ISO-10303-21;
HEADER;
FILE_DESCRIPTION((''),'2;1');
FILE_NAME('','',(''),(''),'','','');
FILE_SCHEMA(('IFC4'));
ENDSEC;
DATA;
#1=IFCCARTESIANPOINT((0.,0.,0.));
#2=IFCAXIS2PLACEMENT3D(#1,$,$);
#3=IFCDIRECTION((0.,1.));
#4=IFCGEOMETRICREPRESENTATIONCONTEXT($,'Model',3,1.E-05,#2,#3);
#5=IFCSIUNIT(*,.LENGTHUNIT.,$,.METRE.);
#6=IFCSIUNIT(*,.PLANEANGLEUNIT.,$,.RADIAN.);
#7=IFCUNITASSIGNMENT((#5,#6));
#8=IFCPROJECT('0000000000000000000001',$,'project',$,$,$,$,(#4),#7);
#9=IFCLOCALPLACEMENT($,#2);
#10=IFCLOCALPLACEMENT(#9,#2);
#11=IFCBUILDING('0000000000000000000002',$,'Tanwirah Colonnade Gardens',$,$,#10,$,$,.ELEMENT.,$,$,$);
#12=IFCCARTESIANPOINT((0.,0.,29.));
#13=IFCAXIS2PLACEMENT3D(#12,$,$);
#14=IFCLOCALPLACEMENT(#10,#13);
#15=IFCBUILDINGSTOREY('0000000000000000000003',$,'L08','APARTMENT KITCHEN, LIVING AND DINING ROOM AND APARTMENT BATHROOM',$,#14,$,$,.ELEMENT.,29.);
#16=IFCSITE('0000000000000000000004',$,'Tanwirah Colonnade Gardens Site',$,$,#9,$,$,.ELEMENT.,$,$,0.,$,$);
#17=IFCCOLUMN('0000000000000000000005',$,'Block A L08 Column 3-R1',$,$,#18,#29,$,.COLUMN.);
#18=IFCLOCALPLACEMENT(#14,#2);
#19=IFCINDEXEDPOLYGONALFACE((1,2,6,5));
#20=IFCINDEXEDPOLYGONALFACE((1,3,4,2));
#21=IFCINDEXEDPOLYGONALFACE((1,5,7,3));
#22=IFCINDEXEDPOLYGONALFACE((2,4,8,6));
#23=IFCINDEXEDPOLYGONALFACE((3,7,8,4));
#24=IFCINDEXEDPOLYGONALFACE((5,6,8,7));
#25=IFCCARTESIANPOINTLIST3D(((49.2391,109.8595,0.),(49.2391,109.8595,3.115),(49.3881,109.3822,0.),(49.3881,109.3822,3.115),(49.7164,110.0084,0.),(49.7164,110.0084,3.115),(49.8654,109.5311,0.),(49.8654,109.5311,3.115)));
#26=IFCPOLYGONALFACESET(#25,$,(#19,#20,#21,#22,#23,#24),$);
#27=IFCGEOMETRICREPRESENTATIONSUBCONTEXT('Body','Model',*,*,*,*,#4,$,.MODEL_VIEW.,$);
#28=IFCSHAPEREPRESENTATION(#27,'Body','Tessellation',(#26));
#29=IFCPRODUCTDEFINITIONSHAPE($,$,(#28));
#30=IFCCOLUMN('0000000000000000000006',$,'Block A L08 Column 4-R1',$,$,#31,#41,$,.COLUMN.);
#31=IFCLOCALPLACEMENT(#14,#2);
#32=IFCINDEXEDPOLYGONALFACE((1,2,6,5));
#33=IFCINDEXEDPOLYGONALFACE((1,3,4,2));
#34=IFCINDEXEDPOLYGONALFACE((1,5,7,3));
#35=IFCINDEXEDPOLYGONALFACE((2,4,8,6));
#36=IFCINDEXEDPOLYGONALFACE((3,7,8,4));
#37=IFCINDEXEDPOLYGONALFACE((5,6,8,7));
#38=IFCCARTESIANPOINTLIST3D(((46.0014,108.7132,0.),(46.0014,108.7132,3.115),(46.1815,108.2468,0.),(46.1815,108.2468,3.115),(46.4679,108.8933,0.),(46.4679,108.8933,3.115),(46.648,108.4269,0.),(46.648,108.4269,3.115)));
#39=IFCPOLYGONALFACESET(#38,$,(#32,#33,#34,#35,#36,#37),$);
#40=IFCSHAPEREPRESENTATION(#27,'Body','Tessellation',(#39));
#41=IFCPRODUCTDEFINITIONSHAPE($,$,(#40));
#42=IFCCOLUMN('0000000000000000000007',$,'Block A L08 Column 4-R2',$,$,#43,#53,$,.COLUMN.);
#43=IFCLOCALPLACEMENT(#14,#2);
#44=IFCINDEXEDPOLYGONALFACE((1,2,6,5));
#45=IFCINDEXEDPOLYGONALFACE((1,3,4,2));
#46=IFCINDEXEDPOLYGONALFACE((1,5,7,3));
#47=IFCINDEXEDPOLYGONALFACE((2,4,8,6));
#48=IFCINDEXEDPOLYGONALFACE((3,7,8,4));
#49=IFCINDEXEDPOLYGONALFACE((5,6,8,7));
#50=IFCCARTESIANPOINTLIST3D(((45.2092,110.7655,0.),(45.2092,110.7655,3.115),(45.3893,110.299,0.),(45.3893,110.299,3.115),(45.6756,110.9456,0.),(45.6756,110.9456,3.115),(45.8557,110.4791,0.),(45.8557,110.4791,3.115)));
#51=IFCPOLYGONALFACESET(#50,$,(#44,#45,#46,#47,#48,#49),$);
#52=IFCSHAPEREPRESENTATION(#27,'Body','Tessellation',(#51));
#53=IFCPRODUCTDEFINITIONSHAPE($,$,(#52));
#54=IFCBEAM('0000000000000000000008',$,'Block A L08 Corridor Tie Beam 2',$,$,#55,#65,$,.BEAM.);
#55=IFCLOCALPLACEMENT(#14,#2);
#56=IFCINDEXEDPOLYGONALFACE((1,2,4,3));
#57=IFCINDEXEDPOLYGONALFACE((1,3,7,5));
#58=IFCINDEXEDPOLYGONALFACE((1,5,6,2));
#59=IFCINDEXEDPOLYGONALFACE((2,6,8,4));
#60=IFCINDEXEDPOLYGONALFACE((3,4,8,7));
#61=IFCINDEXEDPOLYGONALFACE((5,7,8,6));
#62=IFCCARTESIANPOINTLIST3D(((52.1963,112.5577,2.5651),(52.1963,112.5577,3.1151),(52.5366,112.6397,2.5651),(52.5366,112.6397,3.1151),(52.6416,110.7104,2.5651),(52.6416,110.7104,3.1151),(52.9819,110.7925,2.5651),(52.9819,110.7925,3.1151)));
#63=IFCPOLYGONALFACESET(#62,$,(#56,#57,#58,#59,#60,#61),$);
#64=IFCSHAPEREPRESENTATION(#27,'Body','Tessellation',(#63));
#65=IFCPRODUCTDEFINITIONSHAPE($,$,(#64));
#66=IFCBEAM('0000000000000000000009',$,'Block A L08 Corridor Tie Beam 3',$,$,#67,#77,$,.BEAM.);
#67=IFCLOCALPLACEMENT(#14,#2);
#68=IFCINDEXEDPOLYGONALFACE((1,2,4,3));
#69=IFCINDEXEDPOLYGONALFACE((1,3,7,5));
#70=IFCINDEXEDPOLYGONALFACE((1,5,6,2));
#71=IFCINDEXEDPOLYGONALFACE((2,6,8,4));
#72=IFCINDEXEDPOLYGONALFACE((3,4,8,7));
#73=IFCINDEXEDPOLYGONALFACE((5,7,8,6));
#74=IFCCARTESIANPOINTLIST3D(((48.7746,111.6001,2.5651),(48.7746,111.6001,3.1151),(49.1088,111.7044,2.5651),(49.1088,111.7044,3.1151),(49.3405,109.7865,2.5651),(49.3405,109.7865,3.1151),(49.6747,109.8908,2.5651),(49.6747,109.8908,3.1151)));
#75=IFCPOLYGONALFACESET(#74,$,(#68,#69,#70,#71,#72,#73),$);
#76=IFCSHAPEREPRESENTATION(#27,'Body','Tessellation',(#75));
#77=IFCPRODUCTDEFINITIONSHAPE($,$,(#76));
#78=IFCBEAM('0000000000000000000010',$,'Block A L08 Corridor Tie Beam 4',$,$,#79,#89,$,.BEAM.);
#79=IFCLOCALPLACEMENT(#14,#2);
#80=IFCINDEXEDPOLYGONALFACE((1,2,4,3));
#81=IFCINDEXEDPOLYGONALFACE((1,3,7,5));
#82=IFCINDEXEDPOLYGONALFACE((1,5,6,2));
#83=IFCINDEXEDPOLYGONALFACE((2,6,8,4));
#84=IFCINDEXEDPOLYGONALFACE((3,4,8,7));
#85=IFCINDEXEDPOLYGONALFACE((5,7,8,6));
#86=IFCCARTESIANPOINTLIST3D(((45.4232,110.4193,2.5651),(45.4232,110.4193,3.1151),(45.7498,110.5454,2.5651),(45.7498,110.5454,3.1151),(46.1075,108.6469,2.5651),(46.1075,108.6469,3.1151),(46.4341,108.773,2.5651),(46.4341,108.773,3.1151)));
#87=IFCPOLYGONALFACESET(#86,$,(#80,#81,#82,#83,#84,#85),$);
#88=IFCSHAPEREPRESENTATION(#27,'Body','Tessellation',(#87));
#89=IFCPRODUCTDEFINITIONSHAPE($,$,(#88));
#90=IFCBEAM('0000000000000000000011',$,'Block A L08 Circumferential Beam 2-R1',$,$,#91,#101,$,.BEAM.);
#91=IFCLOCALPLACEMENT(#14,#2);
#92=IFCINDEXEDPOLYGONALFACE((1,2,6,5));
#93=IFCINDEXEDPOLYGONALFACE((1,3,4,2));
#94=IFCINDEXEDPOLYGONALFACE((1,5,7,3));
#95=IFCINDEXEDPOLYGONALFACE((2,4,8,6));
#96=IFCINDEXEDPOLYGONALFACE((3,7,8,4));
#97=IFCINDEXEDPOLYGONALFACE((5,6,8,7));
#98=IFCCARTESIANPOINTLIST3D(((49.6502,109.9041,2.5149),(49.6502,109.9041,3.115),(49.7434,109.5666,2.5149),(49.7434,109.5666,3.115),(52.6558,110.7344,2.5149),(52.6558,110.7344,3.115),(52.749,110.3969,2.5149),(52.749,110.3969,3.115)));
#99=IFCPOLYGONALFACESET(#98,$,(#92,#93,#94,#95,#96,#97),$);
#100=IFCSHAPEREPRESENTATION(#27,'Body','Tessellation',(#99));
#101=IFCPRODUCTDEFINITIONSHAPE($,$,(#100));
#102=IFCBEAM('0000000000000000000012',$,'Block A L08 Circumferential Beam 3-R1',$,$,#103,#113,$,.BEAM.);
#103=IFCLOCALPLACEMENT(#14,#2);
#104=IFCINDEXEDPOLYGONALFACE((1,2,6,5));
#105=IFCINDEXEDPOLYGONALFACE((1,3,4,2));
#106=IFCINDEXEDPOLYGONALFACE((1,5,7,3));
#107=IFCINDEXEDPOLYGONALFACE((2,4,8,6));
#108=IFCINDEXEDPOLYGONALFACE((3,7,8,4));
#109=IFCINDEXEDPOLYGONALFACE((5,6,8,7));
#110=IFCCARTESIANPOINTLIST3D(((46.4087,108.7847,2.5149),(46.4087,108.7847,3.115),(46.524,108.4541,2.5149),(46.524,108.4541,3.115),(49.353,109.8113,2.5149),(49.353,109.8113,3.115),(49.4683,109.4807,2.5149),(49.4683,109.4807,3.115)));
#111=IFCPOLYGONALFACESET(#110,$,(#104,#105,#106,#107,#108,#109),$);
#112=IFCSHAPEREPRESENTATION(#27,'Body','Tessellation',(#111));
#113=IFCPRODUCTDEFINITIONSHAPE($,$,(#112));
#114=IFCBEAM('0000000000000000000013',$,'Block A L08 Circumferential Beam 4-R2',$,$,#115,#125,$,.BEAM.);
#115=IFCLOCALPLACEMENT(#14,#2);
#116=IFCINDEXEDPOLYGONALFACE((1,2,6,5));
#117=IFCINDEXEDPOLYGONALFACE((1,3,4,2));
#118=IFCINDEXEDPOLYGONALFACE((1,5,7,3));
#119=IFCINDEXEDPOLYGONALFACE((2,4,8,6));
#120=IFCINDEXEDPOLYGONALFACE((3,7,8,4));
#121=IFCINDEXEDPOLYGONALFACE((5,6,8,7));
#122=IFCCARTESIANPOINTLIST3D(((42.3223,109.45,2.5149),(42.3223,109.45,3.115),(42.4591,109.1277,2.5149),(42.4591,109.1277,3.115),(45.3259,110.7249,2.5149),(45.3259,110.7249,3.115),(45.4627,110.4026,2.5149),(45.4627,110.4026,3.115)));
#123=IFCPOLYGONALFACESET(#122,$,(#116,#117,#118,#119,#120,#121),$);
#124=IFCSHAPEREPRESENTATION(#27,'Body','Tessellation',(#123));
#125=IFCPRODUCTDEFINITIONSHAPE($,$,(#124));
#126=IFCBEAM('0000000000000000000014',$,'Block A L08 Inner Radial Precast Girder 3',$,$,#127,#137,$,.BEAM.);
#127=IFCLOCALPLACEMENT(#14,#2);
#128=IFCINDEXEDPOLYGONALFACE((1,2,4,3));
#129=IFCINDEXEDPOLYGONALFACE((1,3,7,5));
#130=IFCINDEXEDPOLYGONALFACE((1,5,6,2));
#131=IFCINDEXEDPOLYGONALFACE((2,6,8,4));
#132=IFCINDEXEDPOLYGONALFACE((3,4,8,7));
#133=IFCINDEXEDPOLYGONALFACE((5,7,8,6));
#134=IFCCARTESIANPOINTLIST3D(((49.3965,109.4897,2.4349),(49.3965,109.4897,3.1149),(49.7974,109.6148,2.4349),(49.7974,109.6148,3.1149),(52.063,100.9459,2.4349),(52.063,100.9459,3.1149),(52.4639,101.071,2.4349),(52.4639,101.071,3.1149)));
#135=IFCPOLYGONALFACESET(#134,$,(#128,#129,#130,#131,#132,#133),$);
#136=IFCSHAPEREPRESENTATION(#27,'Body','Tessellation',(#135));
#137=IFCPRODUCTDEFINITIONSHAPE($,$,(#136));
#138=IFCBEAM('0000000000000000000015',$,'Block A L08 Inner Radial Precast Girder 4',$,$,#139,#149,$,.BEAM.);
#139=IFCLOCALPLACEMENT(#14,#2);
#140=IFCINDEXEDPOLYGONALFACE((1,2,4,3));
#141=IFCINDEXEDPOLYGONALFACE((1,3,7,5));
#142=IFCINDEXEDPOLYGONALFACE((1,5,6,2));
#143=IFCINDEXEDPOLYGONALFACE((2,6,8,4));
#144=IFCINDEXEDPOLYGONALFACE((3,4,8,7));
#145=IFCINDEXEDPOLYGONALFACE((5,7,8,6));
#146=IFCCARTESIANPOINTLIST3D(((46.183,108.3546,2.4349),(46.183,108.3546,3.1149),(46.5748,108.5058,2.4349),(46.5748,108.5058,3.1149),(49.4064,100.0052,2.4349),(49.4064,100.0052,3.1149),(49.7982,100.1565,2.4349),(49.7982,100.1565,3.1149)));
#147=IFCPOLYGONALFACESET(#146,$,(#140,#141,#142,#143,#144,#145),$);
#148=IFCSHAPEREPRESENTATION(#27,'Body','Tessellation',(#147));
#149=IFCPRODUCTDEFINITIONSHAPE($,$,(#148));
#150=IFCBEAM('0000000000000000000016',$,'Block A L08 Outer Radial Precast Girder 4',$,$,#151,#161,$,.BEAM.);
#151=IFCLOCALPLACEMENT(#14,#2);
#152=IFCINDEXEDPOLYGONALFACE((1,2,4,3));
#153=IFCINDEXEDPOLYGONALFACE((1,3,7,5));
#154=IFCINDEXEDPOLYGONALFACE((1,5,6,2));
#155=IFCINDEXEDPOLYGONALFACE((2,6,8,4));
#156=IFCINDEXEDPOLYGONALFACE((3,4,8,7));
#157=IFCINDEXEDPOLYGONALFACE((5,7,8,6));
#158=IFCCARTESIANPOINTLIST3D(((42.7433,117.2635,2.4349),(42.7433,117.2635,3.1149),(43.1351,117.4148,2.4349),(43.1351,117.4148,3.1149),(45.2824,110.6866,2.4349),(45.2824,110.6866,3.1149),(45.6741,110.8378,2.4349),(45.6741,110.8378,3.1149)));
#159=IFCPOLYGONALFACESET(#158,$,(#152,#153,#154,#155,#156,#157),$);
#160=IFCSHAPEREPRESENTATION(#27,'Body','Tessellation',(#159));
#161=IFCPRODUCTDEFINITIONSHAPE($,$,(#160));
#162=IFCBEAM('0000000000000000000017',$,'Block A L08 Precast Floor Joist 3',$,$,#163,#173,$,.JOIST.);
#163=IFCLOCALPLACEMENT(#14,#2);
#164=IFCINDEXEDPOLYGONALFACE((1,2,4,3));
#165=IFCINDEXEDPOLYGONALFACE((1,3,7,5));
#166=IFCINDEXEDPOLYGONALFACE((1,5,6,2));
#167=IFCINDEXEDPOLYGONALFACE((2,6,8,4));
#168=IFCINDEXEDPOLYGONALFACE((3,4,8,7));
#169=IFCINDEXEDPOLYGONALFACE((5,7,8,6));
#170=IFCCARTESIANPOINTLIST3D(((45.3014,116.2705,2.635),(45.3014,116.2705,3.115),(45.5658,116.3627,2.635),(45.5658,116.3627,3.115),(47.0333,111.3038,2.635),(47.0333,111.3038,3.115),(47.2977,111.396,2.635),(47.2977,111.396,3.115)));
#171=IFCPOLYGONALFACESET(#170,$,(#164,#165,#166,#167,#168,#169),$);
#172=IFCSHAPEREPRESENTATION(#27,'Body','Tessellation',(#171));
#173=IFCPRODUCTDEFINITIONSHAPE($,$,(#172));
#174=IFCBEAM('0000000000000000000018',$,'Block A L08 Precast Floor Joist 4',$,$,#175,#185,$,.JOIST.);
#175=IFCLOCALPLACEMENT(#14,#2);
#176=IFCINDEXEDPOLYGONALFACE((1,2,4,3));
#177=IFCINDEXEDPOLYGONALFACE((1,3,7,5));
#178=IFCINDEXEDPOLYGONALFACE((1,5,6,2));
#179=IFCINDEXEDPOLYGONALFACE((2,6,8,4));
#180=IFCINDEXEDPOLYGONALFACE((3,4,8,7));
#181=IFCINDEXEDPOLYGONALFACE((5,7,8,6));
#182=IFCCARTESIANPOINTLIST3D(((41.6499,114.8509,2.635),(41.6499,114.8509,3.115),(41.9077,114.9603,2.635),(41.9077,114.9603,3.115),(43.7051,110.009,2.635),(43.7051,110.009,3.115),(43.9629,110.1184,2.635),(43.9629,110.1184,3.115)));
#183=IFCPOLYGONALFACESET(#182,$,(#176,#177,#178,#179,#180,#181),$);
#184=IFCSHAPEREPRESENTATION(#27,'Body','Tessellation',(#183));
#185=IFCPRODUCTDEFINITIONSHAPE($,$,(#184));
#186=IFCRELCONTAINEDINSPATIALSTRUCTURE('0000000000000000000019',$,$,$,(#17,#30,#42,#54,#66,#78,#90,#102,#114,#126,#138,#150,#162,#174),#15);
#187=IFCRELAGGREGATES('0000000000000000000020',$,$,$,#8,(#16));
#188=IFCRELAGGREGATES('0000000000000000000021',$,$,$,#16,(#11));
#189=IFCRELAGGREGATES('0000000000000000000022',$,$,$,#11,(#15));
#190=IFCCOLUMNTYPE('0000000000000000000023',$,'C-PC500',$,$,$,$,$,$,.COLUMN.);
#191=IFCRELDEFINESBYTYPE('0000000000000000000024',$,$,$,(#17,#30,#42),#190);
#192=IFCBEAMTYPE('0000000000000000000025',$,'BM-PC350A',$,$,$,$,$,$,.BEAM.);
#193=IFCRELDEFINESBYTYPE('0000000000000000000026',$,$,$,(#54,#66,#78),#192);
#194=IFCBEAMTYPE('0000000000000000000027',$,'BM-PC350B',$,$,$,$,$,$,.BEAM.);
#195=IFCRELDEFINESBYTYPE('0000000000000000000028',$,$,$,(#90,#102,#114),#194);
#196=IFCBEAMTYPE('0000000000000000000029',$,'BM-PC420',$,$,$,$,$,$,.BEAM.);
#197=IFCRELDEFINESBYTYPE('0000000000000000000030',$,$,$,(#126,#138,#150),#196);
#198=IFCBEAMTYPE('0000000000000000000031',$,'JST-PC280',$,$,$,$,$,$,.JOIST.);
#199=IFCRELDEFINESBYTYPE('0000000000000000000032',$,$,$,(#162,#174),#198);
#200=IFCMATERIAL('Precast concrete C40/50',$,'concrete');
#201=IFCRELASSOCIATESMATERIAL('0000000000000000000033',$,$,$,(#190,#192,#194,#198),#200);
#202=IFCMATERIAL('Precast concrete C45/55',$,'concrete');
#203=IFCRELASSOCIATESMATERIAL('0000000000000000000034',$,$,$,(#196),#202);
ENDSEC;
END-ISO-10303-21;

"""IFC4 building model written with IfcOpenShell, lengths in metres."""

from ifc_helpers import new_model, si_unit, direction, frame, origin, origin_2d, place, context, subcontext, project, spatial, rectangle, extrude, material, material_profile, profile_set, type_object, element, save


model = new_model("IFC4")

# Units and contexts
model_context = context("Model", 3, precision=1e-05, world=origin(), true_north=direction((0.0, 1.0)))
body_context = subcontext(model_context, "Body", "Model", "MODEL_VIEW")
ifc_project = project(units=[si_unit("LENGTHUNIT", "METRE"), si_unit("PLANEANGLEUNIT", "RADIAN")], contexts=[model_context])

# Site, building, storey
site_placement = place(None, origin())
site = spatial("IfcSite", under=ifc_project, at=site_placement, Name="Tanwirah Colonnade Gardens Site", CompositionType="ELEMENT", RefElevation=0.0)
building_placement = place(site_placement, origin())
building = spatial("IfcBuilding", under=site, at=building_placement, Name="Tanwirah Colonnade Gardens", CompositionType="ELEMENT")
storey_placement = place(building_placement, frame((0.0, 0.0, 29.0)))
storey = spatial("IfcBuildingStorey", under=building, at=storey_placement, Name="L08", Description="APARTMENT KITCHEN, LIVING AND DINING ROOM AND APARTMENT BATHROOM", CompositionType="ELEMENT", Elevation=29.0)

# Columns
ifc_material_1 = material(Name="Precast concrete C40/50", Category="concrete")
ifc_material_profile_1 = material_profile(ifc_material_1, rectangle(XDim=0.5, YDim=0.5, at=origin_2d()), Name="PC-COL 500x500")
ifc_profile_set_1 = profile_set([ifc_material_profile_1], Name="Precast concrete C40/50")
column_type = type_object("IfcColumnType", Name="C-PC500", PredefinedType="COLUMN", material=ifc_profile_set_1)
for number, where, z_axis, x_axis, name in (
    (1, (49.5522, 109.6953, 0.0), (0.0, 0.0, 1.0), (-0.29793, 0.954588, 0.0), "Block A L08 Column 3-R1"),
    (2, (46.3247, 108.5701, 0.0), (0.0, 0.0, 1.0), (-0.360178, 0.932884, 0.0), "Block A L08 Column 4-R1"),
    (3, (45.5325, 110.6223, 0.0), (0.0, 0.0, 1.0), (-0.360178, 0.932884, 0.0), "Block A L08 Column 4-R2"),
):
    element("IfcColumn", number, at=place(storey_placement, frame(where, z_axis=z_axis, x_axis=x_axis)), inside=storey, type_object=column_type, Name=name, PredefinedType="COLUMN", context=body_context, shape_type="SweptSolid", body=[
        extrude(rectangle(XDim=0.5, YDim=0.5, at=origin_2d()), origin(), (0.0, 0.0, 1.0), 3.115),
    ])

# Beams
ifc_material_profile_2 = material_profile(ifc_material_1, rectangle(XDim=0.3501, YDim=0.55, at=origin_2d()), Name="PC-BM 350x550")
ifc_profile_set_2 = profile_set([ifc_material_profile_2], Name="Precast concrete C40/50")
beam_type_1 = type_object("IfcBeamType", Name="BM-PC350A", PredefinedType="BEAM", material=ifc_profile_set_2)
beam_1_placement = place(storey_placement, frame((52.8118, 110.7515, 2.8401), z_axis=(-0.234364, 0.972149, 0.0), x_axis=(-0.972149, -0.234364, 0.0)))
element("IfcBeam", 4, at=beam_1_placement, inside=storey, type_object=beam_type_1, Name="Block A L08 Corridor Tie Beam 2", PredefinedType="BEAM", context=body_context, shape_type="SweptSolid", body=[
    extrude(rectangle(XDim=0.3501, YDim=0.55, at=origin_2d()), origin(), (0.0, 0.0, 1.0), 1.9001),
])
for number, where, z_axis, x_axis, name in (
    (5, (49.5076, 109.8386, 2.8401), (-0.297858, 0.95461, 0.0), (-0.95461, -0.297858, 0.0), "Block A L08 Corridor Tie Beam 3"),
    (6, (46.2708, 108.71, 2.8401), (-0.360176, 0.932885, 0.0), (-0.932885, -0.360176, 0.0), "Block A L08 Corridor Tie Beam 4"),
):
    element("IfcBeam", number, at=place(storey_placement, frame(where, z_axis=z_axis, x_axis=x_axis)), inside=storey, type_object=beam_type_1, Name=name, PredefinedType="BEAM", context=body_context, shape_type="SweptSolid", body=[
        extrude(rectangle(XDim=0.3501, YDim=0.55, at=origin_2d()), origin(), (0.0, 0.0, 1.0), 1.8999),
    ])
ifc_material_profile_3 = material_profile(ifc_material_1, rectangle(XDim=0.3501, YDim=0.6001, at=origin_2d()), Name="PC-BM 350x600")
ifc_profile_set_3 = profile_set([ifc_material_profile_3], Name="Precast concrete C40/50")
beam_type_2 = type_object("IfcBeamType", Name="BM-PC350B", PredefinedType="BEAM", material=ifc_profile_set_3)
for number, where, z_axis, x_axis, name in (
    (7, (52.7024, 110.5657, 2.8149), (-0.963895, -0.266283, 0.0), (0.266283, -0.963895, 0.0), "Block A L08 Circumferential Beam 2-R1"),
    (8, (49.4106, 109.646, 2.8149), (-0.944248, -0.329234, 0.0), (0.329234, -0.944248, 0.0), "Block A L08 Circumferential Beam 3-R1"),
):
    element("IfcBeam", number, at=place(storey_placement, frame(where, z_axis=z_axis, x_axis=x_axis)), inside=storey, type_object=beam_type_2, Name=name, PredefinedType="BEAM", context=body_context, shape_type="SweptSolid", body=[
        extrude(rectangle(XDim=0.3501, YDim=0.6001, at=origin_2d()), origin(), (0.0, 0.0, 1.0), 3.1182),
    ])
beam_2_placement = place(storey_placement, frame((45.3943, 110.5637, 2.8149), z_axis=(-0.920513, -0.390711, 0.0), x_axis=(0.390711, -0.920513, 0.0)))
element("IfcBeam", 9, at=beam_2_placement, inside=storey, type_object=beam_type_2, Name="Block A L08 Circumferential Beam 4-R2", PredefinedType="BEAM", context=body_context, shape_type="SweptSolid", body=[
    extrude(rectangle(XDim=0.3501, YDim=0.6001, at=origin_2d()), origin(), (0.0, 0.0, 1.0), 3.2629),
])
ifc_material_2 = material(Name="Precast concrete C45/55", Category="concrete")
ifc_material_profile_4 = material_profile(ifc_material_2, rectangle(XDim=0.4199, YDim=0.6799, at=origin_2d()), Name="PC-BM 420x680")
ifc_profile_set_4 = profile_set([ifc_material_profile_4], Name="Precast concrete C45/55")
beam_type_3 = type_object("IfcBeamType", Name="BM-PC420", PredefinedType="BEAM", material=ifc_profile_set_4)
beam_3_placement = place(storey_placement, frame((49.5969, 109.5522, 2.7749), z_axis=(0.297929, -0.954588, 0.0), x_axis=(0.954588, 0.297929, 0.0)))
element("IfcBeam", 10, at=beam_3_placement, inside=storey, type_object=beam_type_3, Name="Block A L08 Inner Radial Precast Girder 3", PredefinedType="BEAM", context=body_context, shape_type="SweptSolid", body=[
    extrude(rectangle(XDim=0.4199, YDim=0.6799, at=origin_2d()), origin(), (0.0, 0.0, 1.0), 8.9502),
])
beam_4_placement = place(storey_placement, frame((46.3789, 108.4302, 2.7749), z_axis=(0.360156, -0.932892, 0.0), x_axis=(0.932892, 0.360156, 0.0)))
element("IfcBeam", 11, at=beam_4_placement, inside=storey, type_object=beam_type_3, Name="Block A L08 Inner Radial Precast Girder 4", PredefinedType="BEAM", context=body_context, shape_type="SweptSolid", body=[
    extrude(rectangle(XDim=0.4199, YDim=0.6799, at=origin_2d()), origin(), (0.0, 0.0, 1.0), 8.95),
])
beam_5_placement = place(storey_placement, frame((45.4783, 110.7622, 2.7749), z_axis=(-0.360151, 0.932894, 0.0), x_axis=(-0.932894, -0.360151, 0.0)))
element("IfcBeam", 12, at=beam_5_placement, inside=storey, type_object=beam_type_3, Name="Block A L08 Outer Radial Precast Girder 4", PredefinedType="BEAM", context=body_context, shape_type="SweptSolid", body=[
    extrude(rectangle(XDim=0.4199, YDim=0.6799, at=origin_2d()), origin(), (0.0, 0.0, 1.0), 7.05),
])
ifc_material_profile_5 = material_profile(ifc_material_1, rectangle(XDim=0.28, YDim=0.48, at=origin_2d()), Name="PC-JST 280x480")
ifc_profile_set_5 = profile_set([ifc_material_profile_5], Name="Precast concrete C40/50")
beam_type_4 = type_object("IfcBeamType", Name="JST-PC280", PredefinedType="JOIST", material=ifc_profile_set_5)
for number, where, z_axis, x_axis, name in (
    (13, (47.1655, 111.3499, 2.875), (-0.329259, 0.94424, 0.0), (-0.94424, -0.329259, 0.0), "Block A L08 Precast Floor Joist 3"),
    (14, (43.834, 110.0637, 2.875), (-0.390724, 0.920508, 0.0), (-0.920508, -0.390724, 0.0), "Block A L08 Precast Floor Joist 4"),
):
    element("IfcBeam", number, at=place(storey_placement, frame(where, z_axis=z_axis, x_axis=x_axis)), inside=storey, type_object=beam_type_4, Name=name, PredefinedType="JOIST", context=body_context, shape_type="SweptSolid", body=[
        extrude(rectangle(XDim=0.28, YDim=0.48, at=origin_2d()), origin(), (0.0, 0.0, 1.0), 5.26),
    ])

save(model, "model.ifc")
